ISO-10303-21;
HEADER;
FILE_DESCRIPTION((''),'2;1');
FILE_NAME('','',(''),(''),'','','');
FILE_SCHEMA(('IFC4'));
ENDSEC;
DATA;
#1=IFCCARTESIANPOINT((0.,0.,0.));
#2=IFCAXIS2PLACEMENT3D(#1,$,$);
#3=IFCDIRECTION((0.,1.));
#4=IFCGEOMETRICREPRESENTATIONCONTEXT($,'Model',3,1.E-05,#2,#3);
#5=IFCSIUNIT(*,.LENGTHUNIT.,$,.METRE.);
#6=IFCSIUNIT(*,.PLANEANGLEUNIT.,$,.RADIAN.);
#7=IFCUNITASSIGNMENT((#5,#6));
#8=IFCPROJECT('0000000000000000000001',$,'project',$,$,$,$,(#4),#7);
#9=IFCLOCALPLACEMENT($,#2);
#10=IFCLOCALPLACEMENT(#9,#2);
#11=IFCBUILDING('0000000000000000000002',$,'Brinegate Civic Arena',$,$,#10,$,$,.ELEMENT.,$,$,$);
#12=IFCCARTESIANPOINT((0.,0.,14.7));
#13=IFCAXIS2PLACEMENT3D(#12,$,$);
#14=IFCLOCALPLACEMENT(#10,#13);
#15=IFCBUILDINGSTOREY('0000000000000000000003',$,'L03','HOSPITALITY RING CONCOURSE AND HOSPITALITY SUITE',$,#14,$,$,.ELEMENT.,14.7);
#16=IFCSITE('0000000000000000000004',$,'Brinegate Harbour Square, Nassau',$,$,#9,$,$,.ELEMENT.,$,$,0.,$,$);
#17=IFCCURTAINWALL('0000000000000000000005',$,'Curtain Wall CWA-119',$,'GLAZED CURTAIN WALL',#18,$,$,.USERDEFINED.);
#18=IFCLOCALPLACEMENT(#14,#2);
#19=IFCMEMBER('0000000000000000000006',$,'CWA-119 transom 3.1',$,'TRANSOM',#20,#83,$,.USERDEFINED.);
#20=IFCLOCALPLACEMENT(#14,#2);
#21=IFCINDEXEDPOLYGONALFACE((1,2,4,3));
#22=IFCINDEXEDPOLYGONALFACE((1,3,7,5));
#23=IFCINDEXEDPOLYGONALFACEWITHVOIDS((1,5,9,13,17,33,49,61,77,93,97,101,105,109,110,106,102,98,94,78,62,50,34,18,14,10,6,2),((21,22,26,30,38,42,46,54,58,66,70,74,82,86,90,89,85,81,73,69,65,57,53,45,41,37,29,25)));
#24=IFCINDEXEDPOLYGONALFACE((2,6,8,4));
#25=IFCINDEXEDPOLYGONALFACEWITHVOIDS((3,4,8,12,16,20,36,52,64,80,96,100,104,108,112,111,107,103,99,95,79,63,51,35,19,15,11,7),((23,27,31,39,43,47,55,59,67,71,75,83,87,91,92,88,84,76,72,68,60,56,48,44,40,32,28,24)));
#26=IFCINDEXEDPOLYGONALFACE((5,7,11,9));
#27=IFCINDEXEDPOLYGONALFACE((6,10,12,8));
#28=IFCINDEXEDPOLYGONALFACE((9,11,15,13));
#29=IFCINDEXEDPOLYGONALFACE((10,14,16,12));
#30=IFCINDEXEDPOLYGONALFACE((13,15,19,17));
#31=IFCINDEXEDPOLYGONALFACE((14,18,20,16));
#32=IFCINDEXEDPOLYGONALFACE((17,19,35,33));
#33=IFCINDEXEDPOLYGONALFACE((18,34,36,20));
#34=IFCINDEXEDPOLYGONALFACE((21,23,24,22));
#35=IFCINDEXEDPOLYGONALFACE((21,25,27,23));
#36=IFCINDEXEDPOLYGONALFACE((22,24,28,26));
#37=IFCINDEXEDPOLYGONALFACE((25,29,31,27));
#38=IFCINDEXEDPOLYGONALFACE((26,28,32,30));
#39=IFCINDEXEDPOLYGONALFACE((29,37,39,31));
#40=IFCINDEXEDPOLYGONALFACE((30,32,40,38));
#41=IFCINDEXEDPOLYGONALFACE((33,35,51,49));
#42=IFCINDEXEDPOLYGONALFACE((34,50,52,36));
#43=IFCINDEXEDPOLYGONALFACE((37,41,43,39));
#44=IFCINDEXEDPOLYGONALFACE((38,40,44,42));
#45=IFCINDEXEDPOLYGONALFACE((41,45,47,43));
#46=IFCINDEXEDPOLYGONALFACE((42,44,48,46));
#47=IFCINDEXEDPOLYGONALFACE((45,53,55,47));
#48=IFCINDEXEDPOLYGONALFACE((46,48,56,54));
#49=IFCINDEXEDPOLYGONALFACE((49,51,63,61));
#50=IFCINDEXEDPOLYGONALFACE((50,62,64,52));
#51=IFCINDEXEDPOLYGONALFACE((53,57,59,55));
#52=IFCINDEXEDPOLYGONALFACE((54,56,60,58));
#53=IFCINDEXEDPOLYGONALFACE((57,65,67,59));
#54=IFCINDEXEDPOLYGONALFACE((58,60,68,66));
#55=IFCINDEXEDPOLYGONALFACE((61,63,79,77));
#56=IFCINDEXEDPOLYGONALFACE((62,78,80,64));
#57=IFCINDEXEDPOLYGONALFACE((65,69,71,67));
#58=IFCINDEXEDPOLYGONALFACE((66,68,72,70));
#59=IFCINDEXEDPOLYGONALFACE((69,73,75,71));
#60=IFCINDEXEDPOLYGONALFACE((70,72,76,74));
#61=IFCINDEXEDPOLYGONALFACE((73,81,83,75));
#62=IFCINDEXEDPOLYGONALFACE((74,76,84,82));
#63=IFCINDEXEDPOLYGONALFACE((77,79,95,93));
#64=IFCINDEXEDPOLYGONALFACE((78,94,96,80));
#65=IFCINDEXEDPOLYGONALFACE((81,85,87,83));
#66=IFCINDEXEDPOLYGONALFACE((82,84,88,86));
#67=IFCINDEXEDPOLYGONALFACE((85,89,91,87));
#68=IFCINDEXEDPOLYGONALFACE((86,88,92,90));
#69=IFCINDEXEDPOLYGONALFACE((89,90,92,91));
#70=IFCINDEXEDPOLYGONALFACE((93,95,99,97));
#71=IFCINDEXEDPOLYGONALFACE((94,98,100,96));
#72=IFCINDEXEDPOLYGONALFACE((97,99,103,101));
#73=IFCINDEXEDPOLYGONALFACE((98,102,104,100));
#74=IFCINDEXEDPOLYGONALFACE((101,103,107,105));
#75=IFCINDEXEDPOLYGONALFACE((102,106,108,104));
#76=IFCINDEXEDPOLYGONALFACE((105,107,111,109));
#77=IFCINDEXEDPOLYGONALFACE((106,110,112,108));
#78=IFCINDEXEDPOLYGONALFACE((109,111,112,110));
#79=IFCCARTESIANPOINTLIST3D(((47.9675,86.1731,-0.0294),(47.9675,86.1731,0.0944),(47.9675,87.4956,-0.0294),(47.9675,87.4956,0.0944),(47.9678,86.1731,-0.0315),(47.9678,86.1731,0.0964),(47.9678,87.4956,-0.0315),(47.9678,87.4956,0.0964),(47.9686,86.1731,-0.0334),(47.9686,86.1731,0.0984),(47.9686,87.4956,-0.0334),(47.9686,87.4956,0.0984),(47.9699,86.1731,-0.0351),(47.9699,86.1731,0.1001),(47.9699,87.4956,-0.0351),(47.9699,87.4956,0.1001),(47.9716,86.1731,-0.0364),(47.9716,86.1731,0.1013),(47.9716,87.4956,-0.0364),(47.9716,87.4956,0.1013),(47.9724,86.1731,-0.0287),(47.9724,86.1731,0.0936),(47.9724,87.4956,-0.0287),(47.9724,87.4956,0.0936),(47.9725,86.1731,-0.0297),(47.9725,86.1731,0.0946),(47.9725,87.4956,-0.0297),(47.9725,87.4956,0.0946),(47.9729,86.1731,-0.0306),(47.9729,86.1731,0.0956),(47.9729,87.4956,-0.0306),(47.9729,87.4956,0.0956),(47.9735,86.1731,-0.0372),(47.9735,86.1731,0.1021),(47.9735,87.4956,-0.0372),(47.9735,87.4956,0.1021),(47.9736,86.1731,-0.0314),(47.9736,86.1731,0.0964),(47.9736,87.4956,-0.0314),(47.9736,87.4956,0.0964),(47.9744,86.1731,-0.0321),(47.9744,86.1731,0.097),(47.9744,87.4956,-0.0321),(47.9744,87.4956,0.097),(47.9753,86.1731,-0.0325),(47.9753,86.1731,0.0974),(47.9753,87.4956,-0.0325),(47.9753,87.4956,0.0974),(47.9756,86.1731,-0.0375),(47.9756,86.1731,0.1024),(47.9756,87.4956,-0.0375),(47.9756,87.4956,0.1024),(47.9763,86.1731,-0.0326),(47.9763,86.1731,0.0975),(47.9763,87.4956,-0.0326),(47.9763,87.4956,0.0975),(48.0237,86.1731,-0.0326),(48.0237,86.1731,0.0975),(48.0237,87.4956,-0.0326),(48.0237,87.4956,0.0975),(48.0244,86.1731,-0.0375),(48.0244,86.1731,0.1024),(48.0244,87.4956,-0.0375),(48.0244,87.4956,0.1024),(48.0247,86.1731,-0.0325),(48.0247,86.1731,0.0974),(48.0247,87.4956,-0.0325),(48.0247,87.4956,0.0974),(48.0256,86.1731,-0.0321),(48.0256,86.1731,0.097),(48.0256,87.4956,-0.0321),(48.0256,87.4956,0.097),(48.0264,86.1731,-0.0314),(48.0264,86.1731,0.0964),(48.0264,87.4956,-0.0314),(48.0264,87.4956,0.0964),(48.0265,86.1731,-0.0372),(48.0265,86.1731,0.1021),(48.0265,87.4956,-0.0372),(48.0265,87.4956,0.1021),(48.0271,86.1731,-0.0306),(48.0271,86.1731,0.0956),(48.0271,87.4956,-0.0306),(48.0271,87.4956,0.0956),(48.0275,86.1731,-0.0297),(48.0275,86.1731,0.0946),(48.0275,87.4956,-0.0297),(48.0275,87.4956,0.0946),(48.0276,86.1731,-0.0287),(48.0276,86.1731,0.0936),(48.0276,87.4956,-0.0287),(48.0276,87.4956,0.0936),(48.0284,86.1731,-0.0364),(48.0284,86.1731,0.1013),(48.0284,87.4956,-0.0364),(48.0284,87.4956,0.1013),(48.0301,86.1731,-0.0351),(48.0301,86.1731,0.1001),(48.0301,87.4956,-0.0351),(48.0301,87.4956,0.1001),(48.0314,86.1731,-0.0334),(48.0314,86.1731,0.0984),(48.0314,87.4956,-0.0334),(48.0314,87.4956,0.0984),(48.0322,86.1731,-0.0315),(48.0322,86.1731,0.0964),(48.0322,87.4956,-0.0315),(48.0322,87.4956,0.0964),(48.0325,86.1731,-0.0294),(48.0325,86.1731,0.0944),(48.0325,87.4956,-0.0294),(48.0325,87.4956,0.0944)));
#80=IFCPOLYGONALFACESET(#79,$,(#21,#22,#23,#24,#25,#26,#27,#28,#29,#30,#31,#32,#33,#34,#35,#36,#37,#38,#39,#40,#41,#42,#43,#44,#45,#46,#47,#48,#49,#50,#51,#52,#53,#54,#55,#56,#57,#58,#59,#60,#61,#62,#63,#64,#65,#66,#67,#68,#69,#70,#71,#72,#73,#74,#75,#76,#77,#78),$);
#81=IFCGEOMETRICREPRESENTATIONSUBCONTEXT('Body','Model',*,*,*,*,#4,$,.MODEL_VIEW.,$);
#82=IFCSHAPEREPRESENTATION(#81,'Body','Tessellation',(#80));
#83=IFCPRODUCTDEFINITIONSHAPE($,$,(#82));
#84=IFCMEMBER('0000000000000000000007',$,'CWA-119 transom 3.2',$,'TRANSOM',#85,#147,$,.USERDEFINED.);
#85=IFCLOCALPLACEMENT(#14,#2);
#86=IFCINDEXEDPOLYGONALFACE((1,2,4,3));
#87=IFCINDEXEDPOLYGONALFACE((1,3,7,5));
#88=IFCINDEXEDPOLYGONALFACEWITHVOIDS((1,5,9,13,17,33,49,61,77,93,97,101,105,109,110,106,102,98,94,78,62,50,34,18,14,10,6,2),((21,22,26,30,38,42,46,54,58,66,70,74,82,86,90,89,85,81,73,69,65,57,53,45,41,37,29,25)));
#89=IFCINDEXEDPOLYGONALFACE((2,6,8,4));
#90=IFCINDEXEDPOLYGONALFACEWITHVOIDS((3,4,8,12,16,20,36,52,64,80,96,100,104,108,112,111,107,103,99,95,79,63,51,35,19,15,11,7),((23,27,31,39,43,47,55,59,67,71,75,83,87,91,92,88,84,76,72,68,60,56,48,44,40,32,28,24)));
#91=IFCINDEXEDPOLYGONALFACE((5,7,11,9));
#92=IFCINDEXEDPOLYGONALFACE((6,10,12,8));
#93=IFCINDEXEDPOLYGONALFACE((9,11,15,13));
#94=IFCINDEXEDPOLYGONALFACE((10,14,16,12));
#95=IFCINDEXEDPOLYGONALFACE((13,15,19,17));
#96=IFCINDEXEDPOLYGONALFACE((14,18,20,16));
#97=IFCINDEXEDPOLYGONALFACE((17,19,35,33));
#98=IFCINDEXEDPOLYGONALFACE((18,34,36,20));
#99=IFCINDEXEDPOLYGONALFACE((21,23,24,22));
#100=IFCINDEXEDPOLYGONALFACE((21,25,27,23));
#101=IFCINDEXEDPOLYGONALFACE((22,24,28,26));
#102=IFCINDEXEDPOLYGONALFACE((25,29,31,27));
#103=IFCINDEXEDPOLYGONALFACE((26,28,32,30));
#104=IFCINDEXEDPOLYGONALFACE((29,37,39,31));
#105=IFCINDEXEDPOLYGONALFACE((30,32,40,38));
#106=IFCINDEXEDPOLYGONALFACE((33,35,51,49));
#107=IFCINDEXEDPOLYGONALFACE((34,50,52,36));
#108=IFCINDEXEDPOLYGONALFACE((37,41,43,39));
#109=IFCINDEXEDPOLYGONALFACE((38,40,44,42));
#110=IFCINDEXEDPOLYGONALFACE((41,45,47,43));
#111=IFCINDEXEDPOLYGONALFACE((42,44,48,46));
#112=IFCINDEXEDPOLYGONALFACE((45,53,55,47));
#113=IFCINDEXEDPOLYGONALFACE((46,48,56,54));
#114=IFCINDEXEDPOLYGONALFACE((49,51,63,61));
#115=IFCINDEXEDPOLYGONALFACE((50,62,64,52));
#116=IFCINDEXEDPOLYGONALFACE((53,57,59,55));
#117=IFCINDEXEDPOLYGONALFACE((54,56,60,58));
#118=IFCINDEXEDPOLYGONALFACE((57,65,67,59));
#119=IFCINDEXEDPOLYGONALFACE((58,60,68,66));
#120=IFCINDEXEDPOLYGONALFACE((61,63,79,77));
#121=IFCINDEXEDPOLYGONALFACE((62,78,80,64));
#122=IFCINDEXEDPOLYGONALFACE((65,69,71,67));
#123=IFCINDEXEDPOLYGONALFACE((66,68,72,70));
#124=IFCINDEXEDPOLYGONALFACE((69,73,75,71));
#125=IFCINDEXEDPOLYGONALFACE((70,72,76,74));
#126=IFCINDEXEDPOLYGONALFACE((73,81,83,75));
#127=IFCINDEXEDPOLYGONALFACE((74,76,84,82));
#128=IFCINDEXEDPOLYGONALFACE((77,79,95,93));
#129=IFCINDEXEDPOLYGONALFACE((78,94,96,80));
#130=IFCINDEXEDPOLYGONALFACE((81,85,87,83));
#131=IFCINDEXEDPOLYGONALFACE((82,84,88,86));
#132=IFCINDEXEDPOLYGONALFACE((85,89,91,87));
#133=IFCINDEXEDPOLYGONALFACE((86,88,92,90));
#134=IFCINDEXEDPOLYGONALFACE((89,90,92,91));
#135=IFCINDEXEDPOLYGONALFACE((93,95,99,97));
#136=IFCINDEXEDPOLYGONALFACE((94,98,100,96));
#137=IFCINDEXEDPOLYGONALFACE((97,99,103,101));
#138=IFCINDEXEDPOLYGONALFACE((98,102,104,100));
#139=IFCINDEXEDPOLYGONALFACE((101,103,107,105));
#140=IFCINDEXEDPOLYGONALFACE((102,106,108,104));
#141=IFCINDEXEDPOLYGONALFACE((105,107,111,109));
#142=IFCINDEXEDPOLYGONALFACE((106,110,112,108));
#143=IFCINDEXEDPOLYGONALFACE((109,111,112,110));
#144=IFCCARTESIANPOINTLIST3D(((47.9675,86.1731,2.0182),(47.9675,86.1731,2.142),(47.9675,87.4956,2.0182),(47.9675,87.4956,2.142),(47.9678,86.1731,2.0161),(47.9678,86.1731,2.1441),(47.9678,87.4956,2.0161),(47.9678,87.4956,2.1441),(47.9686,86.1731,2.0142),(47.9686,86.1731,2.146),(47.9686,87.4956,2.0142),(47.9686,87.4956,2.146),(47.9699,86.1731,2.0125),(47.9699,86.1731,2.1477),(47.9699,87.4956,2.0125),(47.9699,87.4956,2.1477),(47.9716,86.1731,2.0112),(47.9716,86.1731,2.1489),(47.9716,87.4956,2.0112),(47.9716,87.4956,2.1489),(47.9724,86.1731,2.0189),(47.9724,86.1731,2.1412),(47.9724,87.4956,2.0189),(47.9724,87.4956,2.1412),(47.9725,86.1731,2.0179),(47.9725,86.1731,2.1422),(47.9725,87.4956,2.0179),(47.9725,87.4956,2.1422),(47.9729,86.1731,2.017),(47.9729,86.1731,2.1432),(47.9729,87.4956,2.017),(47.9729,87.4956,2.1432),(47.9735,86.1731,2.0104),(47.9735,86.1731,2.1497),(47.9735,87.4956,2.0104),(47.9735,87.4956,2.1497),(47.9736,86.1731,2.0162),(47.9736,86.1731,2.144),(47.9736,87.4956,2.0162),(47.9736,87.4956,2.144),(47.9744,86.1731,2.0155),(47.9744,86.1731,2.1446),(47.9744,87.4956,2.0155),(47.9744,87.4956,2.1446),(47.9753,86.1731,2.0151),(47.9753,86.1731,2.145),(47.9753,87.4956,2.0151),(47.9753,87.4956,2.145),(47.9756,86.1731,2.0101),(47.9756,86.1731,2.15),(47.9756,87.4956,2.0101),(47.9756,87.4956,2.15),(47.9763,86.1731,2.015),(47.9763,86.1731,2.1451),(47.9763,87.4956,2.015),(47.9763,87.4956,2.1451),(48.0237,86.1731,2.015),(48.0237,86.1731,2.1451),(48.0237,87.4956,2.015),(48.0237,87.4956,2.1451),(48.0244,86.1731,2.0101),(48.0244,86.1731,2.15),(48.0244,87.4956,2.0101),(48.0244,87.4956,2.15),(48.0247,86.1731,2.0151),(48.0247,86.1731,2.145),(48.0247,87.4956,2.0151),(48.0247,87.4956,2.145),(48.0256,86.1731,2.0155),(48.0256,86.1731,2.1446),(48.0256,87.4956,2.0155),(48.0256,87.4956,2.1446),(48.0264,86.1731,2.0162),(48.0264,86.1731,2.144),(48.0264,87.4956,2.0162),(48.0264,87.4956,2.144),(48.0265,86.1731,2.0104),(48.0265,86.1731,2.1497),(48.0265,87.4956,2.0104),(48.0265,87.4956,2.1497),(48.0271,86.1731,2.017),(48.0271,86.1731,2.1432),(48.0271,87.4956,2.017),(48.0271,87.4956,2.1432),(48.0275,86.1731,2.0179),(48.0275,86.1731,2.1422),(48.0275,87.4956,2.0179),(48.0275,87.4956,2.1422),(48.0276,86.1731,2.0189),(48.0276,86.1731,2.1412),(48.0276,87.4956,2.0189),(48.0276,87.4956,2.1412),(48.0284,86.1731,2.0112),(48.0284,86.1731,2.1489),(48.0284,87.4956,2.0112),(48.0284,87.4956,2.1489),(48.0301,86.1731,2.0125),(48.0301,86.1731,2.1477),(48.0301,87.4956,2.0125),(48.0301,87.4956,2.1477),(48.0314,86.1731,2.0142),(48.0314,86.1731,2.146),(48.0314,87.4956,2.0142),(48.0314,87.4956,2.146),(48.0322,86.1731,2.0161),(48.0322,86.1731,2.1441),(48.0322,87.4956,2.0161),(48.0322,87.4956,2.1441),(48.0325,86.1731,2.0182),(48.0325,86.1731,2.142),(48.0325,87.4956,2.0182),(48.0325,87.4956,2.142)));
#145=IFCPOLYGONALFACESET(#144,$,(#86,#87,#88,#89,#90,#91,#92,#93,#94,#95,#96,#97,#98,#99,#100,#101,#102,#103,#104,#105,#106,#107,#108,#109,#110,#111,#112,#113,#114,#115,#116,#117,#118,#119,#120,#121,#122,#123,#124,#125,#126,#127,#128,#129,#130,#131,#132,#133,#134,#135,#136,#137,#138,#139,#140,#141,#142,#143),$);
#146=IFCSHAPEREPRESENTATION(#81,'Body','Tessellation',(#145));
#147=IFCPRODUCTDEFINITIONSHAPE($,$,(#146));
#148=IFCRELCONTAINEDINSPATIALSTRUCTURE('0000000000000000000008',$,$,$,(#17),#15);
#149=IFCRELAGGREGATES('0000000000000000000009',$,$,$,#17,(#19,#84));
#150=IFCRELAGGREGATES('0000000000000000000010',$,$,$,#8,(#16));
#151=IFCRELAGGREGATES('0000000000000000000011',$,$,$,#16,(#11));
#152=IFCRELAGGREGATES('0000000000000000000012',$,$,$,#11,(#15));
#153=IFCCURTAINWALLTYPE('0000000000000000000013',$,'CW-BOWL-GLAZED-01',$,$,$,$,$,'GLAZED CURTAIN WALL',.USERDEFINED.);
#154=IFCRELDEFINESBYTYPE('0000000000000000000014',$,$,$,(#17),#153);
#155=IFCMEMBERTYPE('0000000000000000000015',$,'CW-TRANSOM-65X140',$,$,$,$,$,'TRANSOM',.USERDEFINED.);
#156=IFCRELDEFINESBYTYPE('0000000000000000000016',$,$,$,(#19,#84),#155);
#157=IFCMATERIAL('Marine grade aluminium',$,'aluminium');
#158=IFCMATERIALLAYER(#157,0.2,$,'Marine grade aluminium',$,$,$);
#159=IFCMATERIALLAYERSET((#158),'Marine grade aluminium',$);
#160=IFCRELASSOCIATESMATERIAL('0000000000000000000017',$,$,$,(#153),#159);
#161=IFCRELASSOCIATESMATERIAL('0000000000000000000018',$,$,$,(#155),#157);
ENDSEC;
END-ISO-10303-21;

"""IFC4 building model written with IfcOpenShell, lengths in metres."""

from ifc_helpers import new_model, si_unit, direction, frame, origin, origin_2d, place, context, subcontext, project, spatial, hollow_rectangle, extrude, material, layer, layer_set, material_profile, profile_set, type_object, element, aggregate, save


model = new_model("IFC4")

# Units and contexts
model_context = context("Model", 3, precision=1e-05, world=origin(), true_north=direction((0.0, 1.0)))
body_context = subcontext(model_context, "Body", "Model", "MODEL_VIEW")
ifc_project = project(units=[si_unit("LENGTHUNIT", "METRE"), si_unit("PLANEANGLEUNIT", "RADIAN")], contexts=[model_context])

# Site, building, storey
site_placement = place(None, origin())
site = spatial("IfcSite", under=ifc_project, at=site_placement, Name="Brinegate Harbour Square, Nassau", CompositionType="ELEMENT", RefElevation=0.0)
building_placement = place(site_placement, origin())
building = spatial("IfcBuilding", under=site, at=building_placement, Name="Brinegate Civic Arena", CompositionType="ELEMENT")
storey_placement = place(building_placement, frame((0.0, 0.0, 14.7)))
storey = spatial("IfcBuildingStorey", under=building, at=storey_placement, Name="L03", Description="HOSPITALITY RING CONCOURSE AND HOSPITALITY SUITE", CompositionType="ELEMENT", Elevation=14.7)

# Curtain wall, members
ifc_material_1 = material(Name="Marine grade aluminium", Category="aluminium")
ifc_layer_1 = layer(ifc_material_1, 0.2, Name="Marine grade aluminium")
ifc_layer_set_1 = layer_set([ifc_layer_1], Name="Marine grade aluminium")
curtain_wall_type = type_object("IfcCurtainWallType", Name="CW-BOWL-GLAZED-01", ElementType="GLAZED CURTAIN WALL", PredefinedType="USERDEFINED", material=ifc_layer_set_1)
curtain_wall_1_placement = place(storey_placement, origin())
curtain_wall_1 = element("IfcCurtainWall", 1, at=curtain_wall_1_placement, inside=storey, type_object=curtain_wall_type, Name="Curtain Wall CWA-119", ObjectType="GLAZED CURTAIN WALL", PredefinedType="USERDEFINED")
ifc_material_profile_1 = material_profile(ifc_material_1, hollow_rectangle(XDim=0.0649, YDim=0.1399, WallThickness=0.0049, InnerFilletRadius=0.0039, OuterFilletRadius=0.0081, at=origin_2d()), Name="TRN65X140")
ifc_profile_set_1 = profile_set([ifc_material_profile_1], Name="Marine grade aluminium")
member_type_1 = type_object("IfcMemberType", Name="CW-TRANSOM-65X140", ElementType="TRANSOM", PredefinedType="USERDEFINED", material=ifc_profile_set_1)
member_1_placement = place(storey_placement, frame((48.0, 86.1731, 0.0325), z_axis=(0.0, 1.0, 0.0), x_axis=(-1.0, 0.0, 0.0)))
member_1 = element("IfcMember", 2, at=member_1_placement, type_object=member_type_1, Name="CWA-119 transom 3.1", ObjectType="TRANSOM", PredefinedType="USERDEFINED", context=body_context, shape_type="SweptSolid", body=[
    extrude(hollow_rectangle(XDim=0.0649, YDim=0.1399, WallThickness=0.0049, InnerFilletRadius=0.0039, OuterFilletRadius=0.0081, at=origin_2d()), origin(), (0.0, 0.0, 1.0), 1.3225),
])
member_2_placement = place(storey_placement, frame((48.0, 86.1731, 2.0801), z_axis=(0.0, 1.0, 0.0), x_axis=(-1.0, 0.0, 0.0)))
member_2 = element("IfcMember", 3, at=member_2_placement, type_object=member_type_1, Name="CWA-119 transom 3.2", ObjectType="TRANSOM", PredefinedType="USERDEFINED", context=body_context, shape_type="SweptSolid", body=[
    extrude(hollow_rectangle(XDim=0.0649, YDim=0.1399, WallThickness=0.0049, InnerFilletRadius=0.0039, OuterFilletRadius=0.0081, at=origin_2d()), origin(), (0.0, 0.0, 1.0), 1.3225),
])

aggregate(curtain_wall_1, [member_1, member_2])

save(model, "model.ifc")
